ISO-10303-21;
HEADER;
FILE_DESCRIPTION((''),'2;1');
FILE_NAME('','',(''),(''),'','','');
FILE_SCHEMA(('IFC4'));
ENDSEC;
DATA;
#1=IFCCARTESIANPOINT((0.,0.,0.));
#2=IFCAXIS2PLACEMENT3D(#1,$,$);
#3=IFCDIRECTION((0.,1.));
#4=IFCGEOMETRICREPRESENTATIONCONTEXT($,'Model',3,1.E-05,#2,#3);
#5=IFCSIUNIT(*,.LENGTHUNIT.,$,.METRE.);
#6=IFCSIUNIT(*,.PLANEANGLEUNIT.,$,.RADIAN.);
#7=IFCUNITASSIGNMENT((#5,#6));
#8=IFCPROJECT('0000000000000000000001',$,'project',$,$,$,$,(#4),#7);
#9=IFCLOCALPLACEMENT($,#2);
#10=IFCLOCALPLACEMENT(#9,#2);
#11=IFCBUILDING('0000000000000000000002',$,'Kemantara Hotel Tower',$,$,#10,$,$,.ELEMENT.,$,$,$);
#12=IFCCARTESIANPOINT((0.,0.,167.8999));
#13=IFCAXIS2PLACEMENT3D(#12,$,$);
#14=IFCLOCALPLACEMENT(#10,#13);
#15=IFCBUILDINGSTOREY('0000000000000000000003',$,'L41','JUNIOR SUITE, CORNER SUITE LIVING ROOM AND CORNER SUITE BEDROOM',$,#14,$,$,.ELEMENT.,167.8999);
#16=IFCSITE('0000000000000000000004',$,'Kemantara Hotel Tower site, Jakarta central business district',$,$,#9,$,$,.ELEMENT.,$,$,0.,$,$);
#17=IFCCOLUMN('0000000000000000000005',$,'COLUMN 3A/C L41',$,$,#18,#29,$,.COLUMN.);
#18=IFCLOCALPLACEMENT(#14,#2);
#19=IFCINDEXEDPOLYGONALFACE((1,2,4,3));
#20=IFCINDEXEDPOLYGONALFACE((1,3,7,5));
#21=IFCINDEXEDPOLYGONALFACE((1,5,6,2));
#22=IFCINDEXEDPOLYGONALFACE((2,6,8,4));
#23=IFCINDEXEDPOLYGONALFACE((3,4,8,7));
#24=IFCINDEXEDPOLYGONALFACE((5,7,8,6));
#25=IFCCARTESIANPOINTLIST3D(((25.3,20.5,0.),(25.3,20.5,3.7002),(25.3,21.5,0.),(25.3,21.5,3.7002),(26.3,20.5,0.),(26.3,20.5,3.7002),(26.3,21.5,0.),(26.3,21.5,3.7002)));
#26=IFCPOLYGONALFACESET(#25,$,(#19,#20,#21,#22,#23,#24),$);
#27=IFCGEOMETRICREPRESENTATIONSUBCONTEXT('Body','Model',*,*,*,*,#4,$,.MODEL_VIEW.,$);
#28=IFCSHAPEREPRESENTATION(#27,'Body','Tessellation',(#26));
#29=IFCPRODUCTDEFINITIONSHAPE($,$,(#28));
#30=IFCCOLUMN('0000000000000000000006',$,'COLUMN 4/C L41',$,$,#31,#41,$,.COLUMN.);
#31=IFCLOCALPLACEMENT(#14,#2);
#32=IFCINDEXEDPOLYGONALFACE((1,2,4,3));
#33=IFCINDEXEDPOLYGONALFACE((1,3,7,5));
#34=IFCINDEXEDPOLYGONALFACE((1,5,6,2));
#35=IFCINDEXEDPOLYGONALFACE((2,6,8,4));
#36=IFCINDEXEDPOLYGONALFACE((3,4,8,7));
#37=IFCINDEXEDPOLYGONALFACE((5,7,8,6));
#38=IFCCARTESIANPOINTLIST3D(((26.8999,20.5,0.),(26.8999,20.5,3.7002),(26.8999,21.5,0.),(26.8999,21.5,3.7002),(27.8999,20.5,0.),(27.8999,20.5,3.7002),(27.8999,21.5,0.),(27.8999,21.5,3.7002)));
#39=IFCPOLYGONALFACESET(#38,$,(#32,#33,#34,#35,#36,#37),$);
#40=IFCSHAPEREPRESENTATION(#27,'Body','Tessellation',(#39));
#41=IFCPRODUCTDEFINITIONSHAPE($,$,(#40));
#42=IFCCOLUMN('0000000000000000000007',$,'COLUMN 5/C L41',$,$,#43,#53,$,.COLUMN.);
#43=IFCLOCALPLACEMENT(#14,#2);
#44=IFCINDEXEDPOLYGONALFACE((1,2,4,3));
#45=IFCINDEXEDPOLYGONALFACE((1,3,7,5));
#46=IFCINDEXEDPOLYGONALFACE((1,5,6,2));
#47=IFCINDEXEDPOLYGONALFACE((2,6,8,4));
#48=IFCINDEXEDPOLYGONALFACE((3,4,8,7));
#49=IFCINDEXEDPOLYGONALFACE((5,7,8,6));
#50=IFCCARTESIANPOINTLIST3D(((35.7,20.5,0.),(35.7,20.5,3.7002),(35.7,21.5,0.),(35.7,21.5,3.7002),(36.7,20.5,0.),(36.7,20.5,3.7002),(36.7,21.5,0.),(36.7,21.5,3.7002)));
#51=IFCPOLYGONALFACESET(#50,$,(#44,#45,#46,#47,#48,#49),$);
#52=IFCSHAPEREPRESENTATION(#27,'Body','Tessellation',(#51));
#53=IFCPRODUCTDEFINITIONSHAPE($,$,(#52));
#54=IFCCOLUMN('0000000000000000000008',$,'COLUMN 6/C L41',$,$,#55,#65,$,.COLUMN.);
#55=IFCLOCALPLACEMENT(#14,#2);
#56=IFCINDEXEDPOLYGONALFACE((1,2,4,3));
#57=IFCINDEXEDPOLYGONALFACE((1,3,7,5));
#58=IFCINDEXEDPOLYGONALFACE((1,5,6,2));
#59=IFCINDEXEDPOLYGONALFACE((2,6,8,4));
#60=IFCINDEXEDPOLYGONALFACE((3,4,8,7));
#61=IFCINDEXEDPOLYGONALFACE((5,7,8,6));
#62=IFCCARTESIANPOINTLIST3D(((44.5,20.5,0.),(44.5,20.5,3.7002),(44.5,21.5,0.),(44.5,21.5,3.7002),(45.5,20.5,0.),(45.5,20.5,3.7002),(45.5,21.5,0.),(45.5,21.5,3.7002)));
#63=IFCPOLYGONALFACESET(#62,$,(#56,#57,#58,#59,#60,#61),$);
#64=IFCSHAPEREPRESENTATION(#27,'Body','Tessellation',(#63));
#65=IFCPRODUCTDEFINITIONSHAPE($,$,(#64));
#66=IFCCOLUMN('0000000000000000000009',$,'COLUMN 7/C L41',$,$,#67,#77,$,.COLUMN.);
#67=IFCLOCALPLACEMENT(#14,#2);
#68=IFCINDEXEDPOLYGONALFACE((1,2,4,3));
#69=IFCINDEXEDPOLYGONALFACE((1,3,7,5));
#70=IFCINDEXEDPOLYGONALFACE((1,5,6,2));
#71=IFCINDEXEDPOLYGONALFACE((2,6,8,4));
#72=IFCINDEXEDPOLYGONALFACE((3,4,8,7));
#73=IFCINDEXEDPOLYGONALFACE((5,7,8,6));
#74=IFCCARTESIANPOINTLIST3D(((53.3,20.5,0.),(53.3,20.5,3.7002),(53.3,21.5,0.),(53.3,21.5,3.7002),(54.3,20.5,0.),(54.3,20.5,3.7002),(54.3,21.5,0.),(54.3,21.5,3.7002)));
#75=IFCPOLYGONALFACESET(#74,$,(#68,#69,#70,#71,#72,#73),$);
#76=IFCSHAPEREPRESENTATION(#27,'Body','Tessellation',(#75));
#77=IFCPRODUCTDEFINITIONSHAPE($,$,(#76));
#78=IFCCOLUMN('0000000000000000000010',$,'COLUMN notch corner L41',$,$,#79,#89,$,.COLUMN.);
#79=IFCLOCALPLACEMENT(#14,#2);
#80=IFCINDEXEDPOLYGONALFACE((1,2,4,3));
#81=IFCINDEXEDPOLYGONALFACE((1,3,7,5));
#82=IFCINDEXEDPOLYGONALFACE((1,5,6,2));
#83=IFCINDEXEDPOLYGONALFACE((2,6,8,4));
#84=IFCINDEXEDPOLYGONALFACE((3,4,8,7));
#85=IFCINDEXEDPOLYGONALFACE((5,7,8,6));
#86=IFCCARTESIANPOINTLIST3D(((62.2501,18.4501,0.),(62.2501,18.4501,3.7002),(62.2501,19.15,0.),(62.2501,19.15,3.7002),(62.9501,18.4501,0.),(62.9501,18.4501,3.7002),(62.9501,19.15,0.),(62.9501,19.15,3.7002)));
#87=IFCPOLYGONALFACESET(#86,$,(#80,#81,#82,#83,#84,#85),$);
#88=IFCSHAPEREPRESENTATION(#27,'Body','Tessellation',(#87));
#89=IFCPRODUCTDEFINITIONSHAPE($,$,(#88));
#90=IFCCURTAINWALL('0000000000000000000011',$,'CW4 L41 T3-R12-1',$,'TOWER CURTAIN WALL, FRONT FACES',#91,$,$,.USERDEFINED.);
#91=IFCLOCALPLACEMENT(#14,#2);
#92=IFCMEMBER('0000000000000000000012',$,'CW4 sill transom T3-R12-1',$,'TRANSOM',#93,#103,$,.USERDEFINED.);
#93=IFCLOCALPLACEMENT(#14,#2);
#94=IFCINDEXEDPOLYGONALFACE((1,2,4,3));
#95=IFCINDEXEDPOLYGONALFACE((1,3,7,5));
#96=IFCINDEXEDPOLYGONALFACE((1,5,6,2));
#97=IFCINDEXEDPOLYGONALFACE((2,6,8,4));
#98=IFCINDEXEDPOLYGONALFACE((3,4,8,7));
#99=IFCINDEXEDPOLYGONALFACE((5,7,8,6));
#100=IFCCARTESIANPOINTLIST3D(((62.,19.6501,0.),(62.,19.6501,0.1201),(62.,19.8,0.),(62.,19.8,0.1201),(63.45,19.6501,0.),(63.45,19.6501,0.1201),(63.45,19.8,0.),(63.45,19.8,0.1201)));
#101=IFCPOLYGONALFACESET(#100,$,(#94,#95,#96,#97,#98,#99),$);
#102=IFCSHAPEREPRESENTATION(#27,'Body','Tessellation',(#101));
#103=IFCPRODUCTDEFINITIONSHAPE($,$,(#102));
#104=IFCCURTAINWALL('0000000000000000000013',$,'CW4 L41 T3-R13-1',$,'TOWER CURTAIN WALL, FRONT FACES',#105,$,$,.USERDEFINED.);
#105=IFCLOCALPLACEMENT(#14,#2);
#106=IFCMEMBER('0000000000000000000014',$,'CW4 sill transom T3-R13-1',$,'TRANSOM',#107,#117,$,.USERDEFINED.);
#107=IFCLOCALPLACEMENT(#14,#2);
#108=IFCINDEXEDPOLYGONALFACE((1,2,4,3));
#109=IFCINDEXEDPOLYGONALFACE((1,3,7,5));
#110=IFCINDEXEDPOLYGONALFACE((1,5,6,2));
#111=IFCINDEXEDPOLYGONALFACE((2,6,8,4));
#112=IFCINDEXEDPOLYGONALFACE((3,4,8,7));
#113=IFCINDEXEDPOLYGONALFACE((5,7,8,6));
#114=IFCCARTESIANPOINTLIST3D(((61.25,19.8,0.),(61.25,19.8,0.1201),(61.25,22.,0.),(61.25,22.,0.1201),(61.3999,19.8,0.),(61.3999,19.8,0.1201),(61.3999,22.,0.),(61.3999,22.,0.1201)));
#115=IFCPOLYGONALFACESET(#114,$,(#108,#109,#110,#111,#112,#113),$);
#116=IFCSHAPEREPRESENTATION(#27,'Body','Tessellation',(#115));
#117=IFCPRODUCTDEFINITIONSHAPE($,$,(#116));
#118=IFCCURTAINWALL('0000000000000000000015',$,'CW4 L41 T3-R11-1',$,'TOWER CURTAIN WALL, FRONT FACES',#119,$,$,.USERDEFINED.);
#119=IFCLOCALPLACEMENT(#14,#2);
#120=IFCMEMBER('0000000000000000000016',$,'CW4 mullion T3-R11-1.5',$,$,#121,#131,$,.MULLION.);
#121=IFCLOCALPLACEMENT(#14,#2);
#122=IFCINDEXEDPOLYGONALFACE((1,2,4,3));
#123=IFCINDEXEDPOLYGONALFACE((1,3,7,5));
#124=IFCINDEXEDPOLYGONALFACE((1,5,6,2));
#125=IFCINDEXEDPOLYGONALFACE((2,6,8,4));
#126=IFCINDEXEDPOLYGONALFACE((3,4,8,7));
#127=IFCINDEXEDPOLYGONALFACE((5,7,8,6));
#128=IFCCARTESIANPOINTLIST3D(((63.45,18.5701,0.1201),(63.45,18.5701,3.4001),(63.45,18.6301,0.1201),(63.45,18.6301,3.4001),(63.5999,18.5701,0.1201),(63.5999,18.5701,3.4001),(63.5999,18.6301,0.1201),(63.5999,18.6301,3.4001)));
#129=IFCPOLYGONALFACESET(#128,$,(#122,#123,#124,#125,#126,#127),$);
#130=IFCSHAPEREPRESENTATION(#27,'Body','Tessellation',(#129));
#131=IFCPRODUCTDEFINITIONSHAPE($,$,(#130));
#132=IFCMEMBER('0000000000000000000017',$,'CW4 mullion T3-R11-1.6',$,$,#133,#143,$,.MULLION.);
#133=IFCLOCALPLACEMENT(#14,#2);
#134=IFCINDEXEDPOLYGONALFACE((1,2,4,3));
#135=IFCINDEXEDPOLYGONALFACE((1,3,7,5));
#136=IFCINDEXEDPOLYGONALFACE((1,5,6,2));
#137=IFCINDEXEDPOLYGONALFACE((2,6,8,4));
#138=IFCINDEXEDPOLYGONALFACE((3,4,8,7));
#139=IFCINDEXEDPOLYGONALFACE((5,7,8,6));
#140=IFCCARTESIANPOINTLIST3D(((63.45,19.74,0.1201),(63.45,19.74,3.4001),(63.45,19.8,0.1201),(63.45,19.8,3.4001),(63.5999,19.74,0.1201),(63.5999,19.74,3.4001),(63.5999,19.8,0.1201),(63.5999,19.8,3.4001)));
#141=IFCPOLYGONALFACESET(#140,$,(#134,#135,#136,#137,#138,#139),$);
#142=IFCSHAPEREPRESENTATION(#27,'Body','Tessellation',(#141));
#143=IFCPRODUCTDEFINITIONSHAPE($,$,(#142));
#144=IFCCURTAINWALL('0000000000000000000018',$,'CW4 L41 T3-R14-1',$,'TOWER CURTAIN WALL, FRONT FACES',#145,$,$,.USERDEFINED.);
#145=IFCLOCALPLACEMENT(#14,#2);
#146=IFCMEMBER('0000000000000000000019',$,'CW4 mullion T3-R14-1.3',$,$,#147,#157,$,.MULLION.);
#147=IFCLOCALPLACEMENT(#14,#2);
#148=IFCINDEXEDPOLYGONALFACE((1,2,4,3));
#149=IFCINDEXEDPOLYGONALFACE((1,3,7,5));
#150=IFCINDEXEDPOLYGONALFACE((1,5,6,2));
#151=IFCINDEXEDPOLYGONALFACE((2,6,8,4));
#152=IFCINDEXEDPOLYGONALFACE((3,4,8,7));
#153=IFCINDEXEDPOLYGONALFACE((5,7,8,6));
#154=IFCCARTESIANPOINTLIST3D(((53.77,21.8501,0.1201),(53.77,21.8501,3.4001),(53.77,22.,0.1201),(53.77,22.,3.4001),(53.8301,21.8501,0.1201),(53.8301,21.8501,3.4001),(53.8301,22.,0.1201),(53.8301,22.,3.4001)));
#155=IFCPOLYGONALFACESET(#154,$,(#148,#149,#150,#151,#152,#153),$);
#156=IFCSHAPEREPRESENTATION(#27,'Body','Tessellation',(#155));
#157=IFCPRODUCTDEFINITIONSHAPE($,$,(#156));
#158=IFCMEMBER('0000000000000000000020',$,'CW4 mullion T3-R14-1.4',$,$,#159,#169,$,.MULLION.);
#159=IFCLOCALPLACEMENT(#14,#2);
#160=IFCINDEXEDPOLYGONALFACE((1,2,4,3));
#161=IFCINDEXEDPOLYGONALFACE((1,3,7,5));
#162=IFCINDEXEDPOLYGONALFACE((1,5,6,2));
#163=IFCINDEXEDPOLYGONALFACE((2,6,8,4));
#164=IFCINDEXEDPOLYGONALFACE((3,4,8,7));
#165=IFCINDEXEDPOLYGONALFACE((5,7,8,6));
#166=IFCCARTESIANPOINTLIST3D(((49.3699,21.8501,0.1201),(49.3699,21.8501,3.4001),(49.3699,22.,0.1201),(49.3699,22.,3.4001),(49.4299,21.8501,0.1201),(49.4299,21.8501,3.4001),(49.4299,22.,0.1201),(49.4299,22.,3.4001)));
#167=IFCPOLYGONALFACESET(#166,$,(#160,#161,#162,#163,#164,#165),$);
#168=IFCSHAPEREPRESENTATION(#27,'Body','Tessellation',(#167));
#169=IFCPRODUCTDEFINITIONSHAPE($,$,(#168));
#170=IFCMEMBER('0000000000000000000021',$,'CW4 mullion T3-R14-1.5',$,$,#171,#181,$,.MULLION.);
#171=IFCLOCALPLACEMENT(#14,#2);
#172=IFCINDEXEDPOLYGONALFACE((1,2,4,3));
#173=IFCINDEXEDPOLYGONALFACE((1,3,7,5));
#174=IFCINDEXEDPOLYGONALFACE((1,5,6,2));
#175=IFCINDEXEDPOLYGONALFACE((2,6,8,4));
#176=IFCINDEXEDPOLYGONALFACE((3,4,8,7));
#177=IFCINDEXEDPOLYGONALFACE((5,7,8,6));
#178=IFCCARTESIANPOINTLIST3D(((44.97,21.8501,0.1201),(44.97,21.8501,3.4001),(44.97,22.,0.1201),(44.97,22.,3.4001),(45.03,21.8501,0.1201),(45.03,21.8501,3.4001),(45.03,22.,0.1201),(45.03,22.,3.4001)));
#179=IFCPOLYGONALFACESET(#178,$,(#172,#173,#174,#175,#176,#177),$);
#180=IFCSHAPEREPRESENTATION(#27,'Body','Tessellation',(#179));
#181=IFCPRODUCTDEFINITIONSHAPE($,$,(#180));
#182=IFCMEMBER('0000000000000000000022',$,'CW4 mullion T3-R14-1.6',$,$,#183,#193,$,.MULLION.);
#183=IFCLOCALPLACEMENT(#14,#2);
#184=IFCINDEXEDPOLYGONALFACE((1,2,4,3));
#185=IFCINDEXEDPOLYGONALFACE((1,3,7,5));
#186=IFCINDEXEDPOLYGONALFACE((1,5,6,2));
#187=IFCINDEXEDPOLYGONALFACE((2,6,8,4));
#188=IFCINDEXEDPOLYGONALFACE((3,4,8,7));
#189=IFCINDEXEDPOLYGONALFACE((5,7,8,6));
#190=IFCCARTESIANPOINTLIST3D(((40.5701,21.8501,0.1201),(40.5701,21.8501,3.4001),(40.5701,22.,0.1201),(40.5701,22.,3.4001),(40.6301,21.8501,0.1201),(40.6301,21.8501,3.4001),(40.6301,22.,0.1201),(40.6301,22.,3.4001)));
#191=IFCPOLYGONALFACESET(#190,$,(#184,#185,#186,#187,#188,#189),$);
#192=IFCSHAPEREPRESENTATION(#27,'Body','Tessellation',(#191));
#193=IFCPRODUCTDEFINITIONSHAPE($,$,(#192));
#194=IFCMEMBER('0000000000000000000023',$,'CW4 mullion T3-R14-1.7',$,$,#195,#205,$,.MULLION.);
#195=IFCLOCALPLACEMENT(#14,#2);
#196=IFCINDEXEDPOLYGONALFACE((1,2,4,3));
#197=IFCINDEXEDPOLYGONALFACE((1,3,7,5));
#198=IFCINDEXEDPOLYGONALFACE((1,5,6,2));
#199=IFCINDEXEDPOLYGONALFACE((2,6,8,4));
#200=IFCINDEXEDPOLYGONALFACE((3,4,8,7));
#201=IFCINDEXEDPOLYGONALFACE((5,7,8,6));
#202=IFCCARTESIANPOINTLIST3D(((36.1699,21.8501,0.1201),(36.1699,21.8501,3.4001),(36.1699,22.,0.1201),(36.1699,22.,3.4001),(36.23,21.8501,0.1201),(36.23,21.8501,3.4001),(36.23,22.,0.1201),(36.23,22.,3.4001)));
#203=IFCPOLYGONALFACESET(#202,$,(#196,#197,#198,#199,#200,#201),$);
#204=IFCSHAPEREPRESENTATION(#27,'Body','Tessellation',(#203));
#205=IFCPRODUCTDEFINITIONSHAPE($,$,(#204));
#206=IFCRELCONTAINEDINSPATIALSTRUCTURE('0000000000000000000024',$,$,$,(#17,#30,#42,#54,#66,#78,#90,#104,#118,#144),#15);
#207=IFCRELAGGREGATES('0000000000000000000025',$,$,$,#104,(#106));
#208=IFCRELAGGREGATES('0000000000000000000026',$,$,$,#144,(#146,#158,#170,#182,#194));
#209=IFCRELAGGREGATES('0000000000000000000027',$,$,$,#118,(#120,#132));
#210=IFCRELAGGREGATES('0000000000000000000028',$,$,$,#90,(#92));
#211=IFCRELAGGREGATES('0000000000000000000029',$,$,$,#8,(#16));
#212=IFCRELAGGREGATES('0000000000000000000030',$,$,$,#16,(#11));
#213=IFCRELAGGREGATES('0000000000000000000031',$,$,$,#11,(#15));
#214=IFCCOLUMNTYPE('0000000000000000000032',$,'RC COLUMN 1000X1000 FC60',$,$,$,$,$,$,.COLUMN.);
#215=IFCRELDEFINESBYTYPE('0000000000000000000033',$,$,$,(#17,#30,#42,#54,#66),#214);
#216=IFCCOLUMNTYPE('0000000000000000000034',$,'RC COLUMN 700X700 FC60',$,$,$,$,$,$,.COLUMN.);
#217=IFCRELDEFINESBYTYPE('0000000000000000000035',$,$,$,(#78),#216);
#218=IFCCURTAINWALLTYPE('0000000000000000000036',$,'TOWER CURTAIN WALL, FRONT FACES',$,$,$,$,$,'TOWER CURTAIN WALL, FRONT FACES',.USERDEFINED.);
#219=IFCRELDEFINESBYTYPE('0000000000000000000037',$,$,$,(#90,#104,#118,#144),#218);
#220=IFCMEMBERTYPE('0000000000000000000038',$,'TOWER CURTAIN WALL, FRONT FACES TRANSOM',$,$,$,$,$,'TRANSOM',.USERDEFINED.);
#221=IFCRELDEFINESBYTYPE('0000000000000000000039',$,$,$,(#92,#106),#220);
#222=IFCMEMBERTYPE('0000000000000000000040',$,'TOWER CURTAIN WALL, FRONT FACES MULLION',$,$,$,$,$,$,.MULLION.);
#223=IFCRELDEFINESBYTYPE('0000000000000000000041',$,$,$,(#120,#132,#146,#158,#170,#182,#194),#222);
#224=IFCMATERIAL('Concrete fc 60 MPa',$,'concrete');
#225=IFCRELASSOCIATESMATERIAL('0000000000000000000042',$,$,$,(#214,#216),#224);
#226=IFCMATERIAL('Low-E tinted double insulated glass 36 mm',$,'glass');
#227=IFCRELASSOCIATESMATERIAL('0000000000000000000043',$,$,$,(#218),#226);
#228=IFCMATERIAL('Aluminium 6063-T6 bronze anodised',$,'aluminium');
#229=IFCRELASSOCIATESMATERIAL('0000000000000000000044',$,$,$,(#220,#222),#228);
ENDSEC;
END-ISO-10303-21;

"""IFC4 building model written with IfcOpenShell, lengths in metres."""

from ifc_helpers import new_model, si_unit, direction, frame, origin, origin_2d, place, context, subcontext, project, spatial, rectangle, extrude, source, transform, mapped, material, material_profile, profile_set, type_object, element, aggregate, save


model = new_model("IFC4")

# Units and contexts
model_context = context("Model", 3, precision=1e-05, world=origin(), true_north=direction((0.0, 1.0)))
body_context = subcontext(model_context, "Body", "Model", "MODEL_VIEW")
ifc_project = project(units=[si_unit("LENGTHUNIT", "METRE"), si_unit("PLANEANGLEUNIT", "RADIAN")], contexts=[model_context])

# Site, building, storey
site_placement = place(None, origin())
site = spatial("IfcSite", under=ifc_project, at=site_placement, Name="Kemantara Hotel Tower site, Jakarta central business district", CompositionType="ELEMENT", RefElevation=0.0)
building_placement = place(site_placement, origin())
building = spatial("IfcBuilding", under=site, at=building_placement, Name="Kemantara Hotel Tower", CompositionType="ELEMENT")
storey_placement = place(building_placement, frame((0.0, 0.0, 167.8999)))
storey = spatial("IfcBuildingStorey", under=building, at=storey_placement, Name="L41", Description="JUNIOR SUITE, CORNER SUITE LIVING ROOM AND CORNER SUITE BEDROOM", CompositionType="ELEMENT", Elevation=167.8999)

# Columns
ifc_material_1 = material(Name="Concrete fc 60 MPa", Category="concrete")
ifc_material_profile_1 = material_profile(ifc_material_1, rectangle(XDim=1.0, YDim=1.0, at=origin_2d()), Name="RC 1000X1000")
ifc_profile_set_1 = profile_set([ifc_material_profile_1], Name="Concrete fc 60 MPa")
column_type_1 = type_object("IfcColumnType", Name="RC COLUMN 1000X1000 FC60", PredefinedType="COLUMN", material=ifc_profile_set_1)
for number, where, z_axis, x_axis, name in (
    (1, (25.8, 21.0, 0.0), (0.0, 0.0, 1.0), (1.0, 0.0, 0.0), "COLUMN 3A/C L41"),
    (2, (27.3999, 21.0, 0.0), (0.0, 0.0, 1.0), (1.0, 0.0, 0.0), "COLUMN 4/C L41"),
    (3, (36.2, 21.0, 0.0), (0.0, 0.0, 1.0), (1.0, 0.0, 0.0), "COLUMN 5/C L41"),
    (4, (45.0, 21.0, 0.0), (0.0, 0.0, 1.0), (1.0, 0.0, 0.0), "COLUMN 6/C L41"),
    (5, (53.8, 21.0, 0.0), (0.0, 0.0, 1.0), (1.0, 0.0, 0.0), "COLUMN 7/C L41"),
):
    element("IfcColumn", number, at=place(storey_placement, frame(where, z_axis=z_axis, x_axis=x_axis)), inside=storey, type_object=column_type_1, Name=name, PredefinedType="COLUMN", context=body_context, shape_type="SweptSolid", body=[
        extrude(rectangle(XDim=1.0, YDim=1.0, at=origin_2d()), origin(), (0.0, 0.0, 1.0), 3.7002),
    ])
ifc_material_profile_2 = material_profile(ifc_material_1, rectangle(XDim=0.7, YDim=0.7, at=origin_2d()), Name="RC 700X700")
ifc_profile_set_2 = profile_set([ifc_material_profile_2], Name="Concrete fc 60 MPa")
column_type_2 = type_object("IfcColumnType", Name="RC COLUMN 700X700 FC60", PredefinedType="COLUMN", material=ifc_profile_set_2)
column_placement = place(storey_placement, frame((62.6001, 18.8, 0.0), z_axis=(0.0, 0.0, 1.0), x_axis=(1.0, 0.0, 0.0)))
element("IfcColumn", 6, at=column_placement, inside=storey, type_object=column_type_2, Name="COLUMN notch corner L41", PredefinedType="COLUMN", context=body_context, shape_type="SweptSolid", body=[
    extrude(rectangle(XDim=0.7, YDim=0.7, at=origin_2d()), origin(), (0.0, 0.0, 1.0), 3.7002),
])

# Curtain walls, members
ifc_material_2 = material(Name="Low-E tinted double insulated glass 36 mm", Category="glass")
curtain_wall_type = type_object("IfcCurtainWallType", Name="TOWER CURTAIN WALL, FRONT FACES", ElementType="TOWER CURTAIN WALL, FRONT FACES", PredefinedType="USERDEFINED", material=ifc_material_2)
curtain_wall_1_placement = place(storey_placement, origin())
curtain_wall_1 = element("IfcCurtainWall", 7, at=curtain_wall_1_placement, inside=storey, type_object=curtain_wall_type, Name="CW4 L41 T3-R12-1", ObjectType="TOWER CURTAIN WALL, FRONT FACES", PredefinedType="USERDEFINED")
ifc_material_3 = material(Name="Aluminium 6063-T6 bronze anodised", Category="aluminium")
ifc_material_profile_3 = material_profile(ifc_material_3, rectangle(XDim=0.1499, YDim=0.1201, at=origin_2d()), Name="TOWER CURTAIN WALL, FRONT FACES TRANSOM")
ifc_profile_set_3 = profile_set([ifc_material_profile_3], Name="Aluminium 6063-T6 bronze anodised")
member_type_1 = type_object("IfcMemberType", Name="TOWER CURTAIN WALL, FRONT FACES TRANSOM", ElementType="TRANSOM", PredefinedType="USERDEFINED", material=ifc_profile_set_3)
member_1_placement = place(storey_placement, frame((63.45, 19.7251, 0.0601), z_axis=(-1.0, 0.0, 0.0), x_axis=(0.0, -1.0, 0.0)))
member_1 = element("IfcMember", 8, at=member_1_placement, type_object=member_type_1, Name="CW4 sill transom T3-R12-1", ObjectType="TRANSOM", PredefinedType="USERDEFINED", context=body_context, shape_type="SweptSolid", body=[
    extrude(rectangle(XDim=0.1499, YDim=0.1201, at=origin_2d()), origin(), (0.0, 0.0, 1.0), 1.45),
])
curtain_wall_2_placement = place(storey_placement, origin())
curtain_wall_2 = element("IfcCurtainWall", 9, at=curtain_wall_2_placement, inside=storey, type_object=curtain_wall_type, Name="CW4 L41 T3-R13-1", ObjectType="TOWER CURTAIN WALL, FRONT FACES", PredefinedType="USERDEFINED")
member_2_placement = place(storey_placement, frame((61.325, 19.8, 0.0601), z_axis=(0.0, 1.0, 0.0), x_axis=(-1.0, 0.0, 0.0)))
member_2 = element("IfcMember", 10, at=member_2_placement, type_object=member_type_1, Name="CW4 sill transom T3-R13-1", ObjectType="TRANSOM", PredefinedType="USERDEFINED", context=body_context, shape_type="SweptSolid", body=[
    extrude(rectangle(XDim=0.1499, YDim=0.1201, at=origin_2d()), origin(), (0.0, 0.0, 1.0), 2.2),
])

# Curtain walls, members
curtain_wall_3_placement = place(storey_placement, origin())
curtain_wall_3 = element("IfcCurtainWall", 11, at=curtain_wall_3_placement, inside=storey, type_object=curtain_wall_type, Name="CW4 L41 T3-R11-1", ObjectType="TOWER CURTAIN WALL, FRONT FACES", PredefinedType="USERDEFINED")
ifc_material_profile_4 = material_profile(ifc_material_3, rectangle(XDim=0.1499, YDim=0.0601, at=origin_2d()), Name="TOWER CURTAIN WALL, FRONT FACES MULLION")
ifc_profile_set_4 = profile_set([ifc_material_profile_4], Name="Aluminium 6063-T6 bronze anodised")
member_type_2 = type_object("IfcMemberType", Name="TOWER CURTAIN WALL, FRONT FACES MULLION", PredefinedType="MULLION", material=ifc_profile_set_4)
shared_shape_1 = source(origin(), body_context, "Body", "SweptSolid", [
    extrude(rectangle(XDim=0.1499, YDim=0.0601, at=origin_2d()), origin(), (0.0, 0.0, 1.0), 3.28),
])
member_3_placement = place(storey_placement, frame((63.5249, 18.6001, 0.1201), z_axis=(0.0, 0.0, 1.0), x_axis=(-1.0, 0.0, 0.0)))
member_3 = element("IfcMember", 12, at=member_3_placement, type_object=member_type_2, Name="CW4 mullion T3-R11-1.5", PredefinedType="MULLION", context=body_context, shape_type="MappedRepresentation", body=[
    mapped(shared_shape_1, transform((0.0, 0.0, 0.0))),
])
member_4_placement = place(storey_placement, frame((63.5249, 19.77, 0.1201), z_axis=(0.0, 0.0, 1.0), x_axis=(-1.0, 0.0, 0.0)))
member_4 = element("IfcMember", 13, at=member_4_placement, type_object=member_type_2, Name="CW4 mullion T3-R11-1.6", PredefinedType="MULLION", context=body_context, shape_type="MappedRepresentation", body=[
    mapped(shared_shape_1, transform((0.0, 0.0, 0.0))),
])
curtain_wall_4_placement = place(storey_placement, origin())
curtain_wall_4 = element("IfcCurtainWall", 14, at=curtain_wall_4_placement, inside=storey, type_object=curtain_wall_type, Name="CW4 L41 T3-R14-1", ObjectType="TOWER CURTAIN WALL, FRONT FACES", PredefinedType="USERDEFINED")
member_5_placement = place(storey_placement, frame((53.8, 21.925, 0.1201), z_axis=(0.0, 0.0, 1.0), x_axis=(0.0, -1.0, 0.0)))
member_5 = element("IfcMember", 15, at=member_5_placement, type_object=member_type_2, Name="CW4 mullion T3-R14-1.3", PredefinedType="MULLION", context=body_context, shape_type="MappedRepresentation", body=[
    mapped(shared_shape_1, transform((0.0, 0.0, 0.0))),
])
member_6_placement = place(storey_placement, frame((49.3999, 21.925, 0.1201), z_axis=(0.0, 0.0, 1.0), x_axis=(0.0, -1.0, 0.0)))
member_6 = element("IfcMember", 16, at=member_6_placement, type_object=member_type_2, Name="CW4 mullion T3-R14-1.4", PredefinedType="MULLION", context=body_context, shape_type="MappedRepresentation", body=[
    mapped(shared_shape_1, transform((0.0, 0.0, 0.0))),
])
member_7_placement = place(storey_placement, frame((45.0, 21.925, 0.1201), z_axis=(0.0, 0.0, 1.0), x_axis=(0.0, -1.0, 0.0)))
member_7 = element("IfcMember", 17, at=member_7_placement, type_object=member_type_2, Name="CW4 mullion T3-R14-1.5", PredefinedType="MULLION", context=body_context, shape_type="MappedRepresentation", body=[
    mapped(shared_shape_1, transform((0.0, 0.0, 0.0))),
])
member_8_placement = place(storey_placement, frame((40.6001, 21.925, 0.1201), z_axis=(0.0, 0.0, 1.0), x_axis=(0.0, -1.0, 0.0)))
member_8 = element("IfcMember", 18, at=member_8_placement, type_object=member_type_2, Name="CW4 mullion T3-R14-1.6", PredefinedType="MULLION", context=body_context, shape_type="MappedRepresentation", body=[
    mapped(shared_shape_1, transform((0.0, 0.0, 0.0))),
])
member_9_placement = place(storey_placement, frame((36.2, 21.925, 0.1201), z_axis=(0.0, 0.0, 1.0), x_axis=(0.0, -1.0, 0.0)))
member_9 = element("IfcMember", 19, at=member_9_placement, type_object=member_type_2, Name="CW4 mullion T3-R14-1.7", PredefinedType="MULLION", context=body_context, shape_type="MappedRepresentation", body=[
    mapped(shared_shape_1, transform((0.0, 0.0, 0.0))),
])

aggregate(curtain_wall_2, [member_2])
aggregate(curtain_wall_4, [member_5, member_6, member_7, member_8, member_9])
aggregate(curtain_wall_3, [member_3, member_4])
aggregate(curtain_wall_1, [member_1])

save(model, "model.ifc")
